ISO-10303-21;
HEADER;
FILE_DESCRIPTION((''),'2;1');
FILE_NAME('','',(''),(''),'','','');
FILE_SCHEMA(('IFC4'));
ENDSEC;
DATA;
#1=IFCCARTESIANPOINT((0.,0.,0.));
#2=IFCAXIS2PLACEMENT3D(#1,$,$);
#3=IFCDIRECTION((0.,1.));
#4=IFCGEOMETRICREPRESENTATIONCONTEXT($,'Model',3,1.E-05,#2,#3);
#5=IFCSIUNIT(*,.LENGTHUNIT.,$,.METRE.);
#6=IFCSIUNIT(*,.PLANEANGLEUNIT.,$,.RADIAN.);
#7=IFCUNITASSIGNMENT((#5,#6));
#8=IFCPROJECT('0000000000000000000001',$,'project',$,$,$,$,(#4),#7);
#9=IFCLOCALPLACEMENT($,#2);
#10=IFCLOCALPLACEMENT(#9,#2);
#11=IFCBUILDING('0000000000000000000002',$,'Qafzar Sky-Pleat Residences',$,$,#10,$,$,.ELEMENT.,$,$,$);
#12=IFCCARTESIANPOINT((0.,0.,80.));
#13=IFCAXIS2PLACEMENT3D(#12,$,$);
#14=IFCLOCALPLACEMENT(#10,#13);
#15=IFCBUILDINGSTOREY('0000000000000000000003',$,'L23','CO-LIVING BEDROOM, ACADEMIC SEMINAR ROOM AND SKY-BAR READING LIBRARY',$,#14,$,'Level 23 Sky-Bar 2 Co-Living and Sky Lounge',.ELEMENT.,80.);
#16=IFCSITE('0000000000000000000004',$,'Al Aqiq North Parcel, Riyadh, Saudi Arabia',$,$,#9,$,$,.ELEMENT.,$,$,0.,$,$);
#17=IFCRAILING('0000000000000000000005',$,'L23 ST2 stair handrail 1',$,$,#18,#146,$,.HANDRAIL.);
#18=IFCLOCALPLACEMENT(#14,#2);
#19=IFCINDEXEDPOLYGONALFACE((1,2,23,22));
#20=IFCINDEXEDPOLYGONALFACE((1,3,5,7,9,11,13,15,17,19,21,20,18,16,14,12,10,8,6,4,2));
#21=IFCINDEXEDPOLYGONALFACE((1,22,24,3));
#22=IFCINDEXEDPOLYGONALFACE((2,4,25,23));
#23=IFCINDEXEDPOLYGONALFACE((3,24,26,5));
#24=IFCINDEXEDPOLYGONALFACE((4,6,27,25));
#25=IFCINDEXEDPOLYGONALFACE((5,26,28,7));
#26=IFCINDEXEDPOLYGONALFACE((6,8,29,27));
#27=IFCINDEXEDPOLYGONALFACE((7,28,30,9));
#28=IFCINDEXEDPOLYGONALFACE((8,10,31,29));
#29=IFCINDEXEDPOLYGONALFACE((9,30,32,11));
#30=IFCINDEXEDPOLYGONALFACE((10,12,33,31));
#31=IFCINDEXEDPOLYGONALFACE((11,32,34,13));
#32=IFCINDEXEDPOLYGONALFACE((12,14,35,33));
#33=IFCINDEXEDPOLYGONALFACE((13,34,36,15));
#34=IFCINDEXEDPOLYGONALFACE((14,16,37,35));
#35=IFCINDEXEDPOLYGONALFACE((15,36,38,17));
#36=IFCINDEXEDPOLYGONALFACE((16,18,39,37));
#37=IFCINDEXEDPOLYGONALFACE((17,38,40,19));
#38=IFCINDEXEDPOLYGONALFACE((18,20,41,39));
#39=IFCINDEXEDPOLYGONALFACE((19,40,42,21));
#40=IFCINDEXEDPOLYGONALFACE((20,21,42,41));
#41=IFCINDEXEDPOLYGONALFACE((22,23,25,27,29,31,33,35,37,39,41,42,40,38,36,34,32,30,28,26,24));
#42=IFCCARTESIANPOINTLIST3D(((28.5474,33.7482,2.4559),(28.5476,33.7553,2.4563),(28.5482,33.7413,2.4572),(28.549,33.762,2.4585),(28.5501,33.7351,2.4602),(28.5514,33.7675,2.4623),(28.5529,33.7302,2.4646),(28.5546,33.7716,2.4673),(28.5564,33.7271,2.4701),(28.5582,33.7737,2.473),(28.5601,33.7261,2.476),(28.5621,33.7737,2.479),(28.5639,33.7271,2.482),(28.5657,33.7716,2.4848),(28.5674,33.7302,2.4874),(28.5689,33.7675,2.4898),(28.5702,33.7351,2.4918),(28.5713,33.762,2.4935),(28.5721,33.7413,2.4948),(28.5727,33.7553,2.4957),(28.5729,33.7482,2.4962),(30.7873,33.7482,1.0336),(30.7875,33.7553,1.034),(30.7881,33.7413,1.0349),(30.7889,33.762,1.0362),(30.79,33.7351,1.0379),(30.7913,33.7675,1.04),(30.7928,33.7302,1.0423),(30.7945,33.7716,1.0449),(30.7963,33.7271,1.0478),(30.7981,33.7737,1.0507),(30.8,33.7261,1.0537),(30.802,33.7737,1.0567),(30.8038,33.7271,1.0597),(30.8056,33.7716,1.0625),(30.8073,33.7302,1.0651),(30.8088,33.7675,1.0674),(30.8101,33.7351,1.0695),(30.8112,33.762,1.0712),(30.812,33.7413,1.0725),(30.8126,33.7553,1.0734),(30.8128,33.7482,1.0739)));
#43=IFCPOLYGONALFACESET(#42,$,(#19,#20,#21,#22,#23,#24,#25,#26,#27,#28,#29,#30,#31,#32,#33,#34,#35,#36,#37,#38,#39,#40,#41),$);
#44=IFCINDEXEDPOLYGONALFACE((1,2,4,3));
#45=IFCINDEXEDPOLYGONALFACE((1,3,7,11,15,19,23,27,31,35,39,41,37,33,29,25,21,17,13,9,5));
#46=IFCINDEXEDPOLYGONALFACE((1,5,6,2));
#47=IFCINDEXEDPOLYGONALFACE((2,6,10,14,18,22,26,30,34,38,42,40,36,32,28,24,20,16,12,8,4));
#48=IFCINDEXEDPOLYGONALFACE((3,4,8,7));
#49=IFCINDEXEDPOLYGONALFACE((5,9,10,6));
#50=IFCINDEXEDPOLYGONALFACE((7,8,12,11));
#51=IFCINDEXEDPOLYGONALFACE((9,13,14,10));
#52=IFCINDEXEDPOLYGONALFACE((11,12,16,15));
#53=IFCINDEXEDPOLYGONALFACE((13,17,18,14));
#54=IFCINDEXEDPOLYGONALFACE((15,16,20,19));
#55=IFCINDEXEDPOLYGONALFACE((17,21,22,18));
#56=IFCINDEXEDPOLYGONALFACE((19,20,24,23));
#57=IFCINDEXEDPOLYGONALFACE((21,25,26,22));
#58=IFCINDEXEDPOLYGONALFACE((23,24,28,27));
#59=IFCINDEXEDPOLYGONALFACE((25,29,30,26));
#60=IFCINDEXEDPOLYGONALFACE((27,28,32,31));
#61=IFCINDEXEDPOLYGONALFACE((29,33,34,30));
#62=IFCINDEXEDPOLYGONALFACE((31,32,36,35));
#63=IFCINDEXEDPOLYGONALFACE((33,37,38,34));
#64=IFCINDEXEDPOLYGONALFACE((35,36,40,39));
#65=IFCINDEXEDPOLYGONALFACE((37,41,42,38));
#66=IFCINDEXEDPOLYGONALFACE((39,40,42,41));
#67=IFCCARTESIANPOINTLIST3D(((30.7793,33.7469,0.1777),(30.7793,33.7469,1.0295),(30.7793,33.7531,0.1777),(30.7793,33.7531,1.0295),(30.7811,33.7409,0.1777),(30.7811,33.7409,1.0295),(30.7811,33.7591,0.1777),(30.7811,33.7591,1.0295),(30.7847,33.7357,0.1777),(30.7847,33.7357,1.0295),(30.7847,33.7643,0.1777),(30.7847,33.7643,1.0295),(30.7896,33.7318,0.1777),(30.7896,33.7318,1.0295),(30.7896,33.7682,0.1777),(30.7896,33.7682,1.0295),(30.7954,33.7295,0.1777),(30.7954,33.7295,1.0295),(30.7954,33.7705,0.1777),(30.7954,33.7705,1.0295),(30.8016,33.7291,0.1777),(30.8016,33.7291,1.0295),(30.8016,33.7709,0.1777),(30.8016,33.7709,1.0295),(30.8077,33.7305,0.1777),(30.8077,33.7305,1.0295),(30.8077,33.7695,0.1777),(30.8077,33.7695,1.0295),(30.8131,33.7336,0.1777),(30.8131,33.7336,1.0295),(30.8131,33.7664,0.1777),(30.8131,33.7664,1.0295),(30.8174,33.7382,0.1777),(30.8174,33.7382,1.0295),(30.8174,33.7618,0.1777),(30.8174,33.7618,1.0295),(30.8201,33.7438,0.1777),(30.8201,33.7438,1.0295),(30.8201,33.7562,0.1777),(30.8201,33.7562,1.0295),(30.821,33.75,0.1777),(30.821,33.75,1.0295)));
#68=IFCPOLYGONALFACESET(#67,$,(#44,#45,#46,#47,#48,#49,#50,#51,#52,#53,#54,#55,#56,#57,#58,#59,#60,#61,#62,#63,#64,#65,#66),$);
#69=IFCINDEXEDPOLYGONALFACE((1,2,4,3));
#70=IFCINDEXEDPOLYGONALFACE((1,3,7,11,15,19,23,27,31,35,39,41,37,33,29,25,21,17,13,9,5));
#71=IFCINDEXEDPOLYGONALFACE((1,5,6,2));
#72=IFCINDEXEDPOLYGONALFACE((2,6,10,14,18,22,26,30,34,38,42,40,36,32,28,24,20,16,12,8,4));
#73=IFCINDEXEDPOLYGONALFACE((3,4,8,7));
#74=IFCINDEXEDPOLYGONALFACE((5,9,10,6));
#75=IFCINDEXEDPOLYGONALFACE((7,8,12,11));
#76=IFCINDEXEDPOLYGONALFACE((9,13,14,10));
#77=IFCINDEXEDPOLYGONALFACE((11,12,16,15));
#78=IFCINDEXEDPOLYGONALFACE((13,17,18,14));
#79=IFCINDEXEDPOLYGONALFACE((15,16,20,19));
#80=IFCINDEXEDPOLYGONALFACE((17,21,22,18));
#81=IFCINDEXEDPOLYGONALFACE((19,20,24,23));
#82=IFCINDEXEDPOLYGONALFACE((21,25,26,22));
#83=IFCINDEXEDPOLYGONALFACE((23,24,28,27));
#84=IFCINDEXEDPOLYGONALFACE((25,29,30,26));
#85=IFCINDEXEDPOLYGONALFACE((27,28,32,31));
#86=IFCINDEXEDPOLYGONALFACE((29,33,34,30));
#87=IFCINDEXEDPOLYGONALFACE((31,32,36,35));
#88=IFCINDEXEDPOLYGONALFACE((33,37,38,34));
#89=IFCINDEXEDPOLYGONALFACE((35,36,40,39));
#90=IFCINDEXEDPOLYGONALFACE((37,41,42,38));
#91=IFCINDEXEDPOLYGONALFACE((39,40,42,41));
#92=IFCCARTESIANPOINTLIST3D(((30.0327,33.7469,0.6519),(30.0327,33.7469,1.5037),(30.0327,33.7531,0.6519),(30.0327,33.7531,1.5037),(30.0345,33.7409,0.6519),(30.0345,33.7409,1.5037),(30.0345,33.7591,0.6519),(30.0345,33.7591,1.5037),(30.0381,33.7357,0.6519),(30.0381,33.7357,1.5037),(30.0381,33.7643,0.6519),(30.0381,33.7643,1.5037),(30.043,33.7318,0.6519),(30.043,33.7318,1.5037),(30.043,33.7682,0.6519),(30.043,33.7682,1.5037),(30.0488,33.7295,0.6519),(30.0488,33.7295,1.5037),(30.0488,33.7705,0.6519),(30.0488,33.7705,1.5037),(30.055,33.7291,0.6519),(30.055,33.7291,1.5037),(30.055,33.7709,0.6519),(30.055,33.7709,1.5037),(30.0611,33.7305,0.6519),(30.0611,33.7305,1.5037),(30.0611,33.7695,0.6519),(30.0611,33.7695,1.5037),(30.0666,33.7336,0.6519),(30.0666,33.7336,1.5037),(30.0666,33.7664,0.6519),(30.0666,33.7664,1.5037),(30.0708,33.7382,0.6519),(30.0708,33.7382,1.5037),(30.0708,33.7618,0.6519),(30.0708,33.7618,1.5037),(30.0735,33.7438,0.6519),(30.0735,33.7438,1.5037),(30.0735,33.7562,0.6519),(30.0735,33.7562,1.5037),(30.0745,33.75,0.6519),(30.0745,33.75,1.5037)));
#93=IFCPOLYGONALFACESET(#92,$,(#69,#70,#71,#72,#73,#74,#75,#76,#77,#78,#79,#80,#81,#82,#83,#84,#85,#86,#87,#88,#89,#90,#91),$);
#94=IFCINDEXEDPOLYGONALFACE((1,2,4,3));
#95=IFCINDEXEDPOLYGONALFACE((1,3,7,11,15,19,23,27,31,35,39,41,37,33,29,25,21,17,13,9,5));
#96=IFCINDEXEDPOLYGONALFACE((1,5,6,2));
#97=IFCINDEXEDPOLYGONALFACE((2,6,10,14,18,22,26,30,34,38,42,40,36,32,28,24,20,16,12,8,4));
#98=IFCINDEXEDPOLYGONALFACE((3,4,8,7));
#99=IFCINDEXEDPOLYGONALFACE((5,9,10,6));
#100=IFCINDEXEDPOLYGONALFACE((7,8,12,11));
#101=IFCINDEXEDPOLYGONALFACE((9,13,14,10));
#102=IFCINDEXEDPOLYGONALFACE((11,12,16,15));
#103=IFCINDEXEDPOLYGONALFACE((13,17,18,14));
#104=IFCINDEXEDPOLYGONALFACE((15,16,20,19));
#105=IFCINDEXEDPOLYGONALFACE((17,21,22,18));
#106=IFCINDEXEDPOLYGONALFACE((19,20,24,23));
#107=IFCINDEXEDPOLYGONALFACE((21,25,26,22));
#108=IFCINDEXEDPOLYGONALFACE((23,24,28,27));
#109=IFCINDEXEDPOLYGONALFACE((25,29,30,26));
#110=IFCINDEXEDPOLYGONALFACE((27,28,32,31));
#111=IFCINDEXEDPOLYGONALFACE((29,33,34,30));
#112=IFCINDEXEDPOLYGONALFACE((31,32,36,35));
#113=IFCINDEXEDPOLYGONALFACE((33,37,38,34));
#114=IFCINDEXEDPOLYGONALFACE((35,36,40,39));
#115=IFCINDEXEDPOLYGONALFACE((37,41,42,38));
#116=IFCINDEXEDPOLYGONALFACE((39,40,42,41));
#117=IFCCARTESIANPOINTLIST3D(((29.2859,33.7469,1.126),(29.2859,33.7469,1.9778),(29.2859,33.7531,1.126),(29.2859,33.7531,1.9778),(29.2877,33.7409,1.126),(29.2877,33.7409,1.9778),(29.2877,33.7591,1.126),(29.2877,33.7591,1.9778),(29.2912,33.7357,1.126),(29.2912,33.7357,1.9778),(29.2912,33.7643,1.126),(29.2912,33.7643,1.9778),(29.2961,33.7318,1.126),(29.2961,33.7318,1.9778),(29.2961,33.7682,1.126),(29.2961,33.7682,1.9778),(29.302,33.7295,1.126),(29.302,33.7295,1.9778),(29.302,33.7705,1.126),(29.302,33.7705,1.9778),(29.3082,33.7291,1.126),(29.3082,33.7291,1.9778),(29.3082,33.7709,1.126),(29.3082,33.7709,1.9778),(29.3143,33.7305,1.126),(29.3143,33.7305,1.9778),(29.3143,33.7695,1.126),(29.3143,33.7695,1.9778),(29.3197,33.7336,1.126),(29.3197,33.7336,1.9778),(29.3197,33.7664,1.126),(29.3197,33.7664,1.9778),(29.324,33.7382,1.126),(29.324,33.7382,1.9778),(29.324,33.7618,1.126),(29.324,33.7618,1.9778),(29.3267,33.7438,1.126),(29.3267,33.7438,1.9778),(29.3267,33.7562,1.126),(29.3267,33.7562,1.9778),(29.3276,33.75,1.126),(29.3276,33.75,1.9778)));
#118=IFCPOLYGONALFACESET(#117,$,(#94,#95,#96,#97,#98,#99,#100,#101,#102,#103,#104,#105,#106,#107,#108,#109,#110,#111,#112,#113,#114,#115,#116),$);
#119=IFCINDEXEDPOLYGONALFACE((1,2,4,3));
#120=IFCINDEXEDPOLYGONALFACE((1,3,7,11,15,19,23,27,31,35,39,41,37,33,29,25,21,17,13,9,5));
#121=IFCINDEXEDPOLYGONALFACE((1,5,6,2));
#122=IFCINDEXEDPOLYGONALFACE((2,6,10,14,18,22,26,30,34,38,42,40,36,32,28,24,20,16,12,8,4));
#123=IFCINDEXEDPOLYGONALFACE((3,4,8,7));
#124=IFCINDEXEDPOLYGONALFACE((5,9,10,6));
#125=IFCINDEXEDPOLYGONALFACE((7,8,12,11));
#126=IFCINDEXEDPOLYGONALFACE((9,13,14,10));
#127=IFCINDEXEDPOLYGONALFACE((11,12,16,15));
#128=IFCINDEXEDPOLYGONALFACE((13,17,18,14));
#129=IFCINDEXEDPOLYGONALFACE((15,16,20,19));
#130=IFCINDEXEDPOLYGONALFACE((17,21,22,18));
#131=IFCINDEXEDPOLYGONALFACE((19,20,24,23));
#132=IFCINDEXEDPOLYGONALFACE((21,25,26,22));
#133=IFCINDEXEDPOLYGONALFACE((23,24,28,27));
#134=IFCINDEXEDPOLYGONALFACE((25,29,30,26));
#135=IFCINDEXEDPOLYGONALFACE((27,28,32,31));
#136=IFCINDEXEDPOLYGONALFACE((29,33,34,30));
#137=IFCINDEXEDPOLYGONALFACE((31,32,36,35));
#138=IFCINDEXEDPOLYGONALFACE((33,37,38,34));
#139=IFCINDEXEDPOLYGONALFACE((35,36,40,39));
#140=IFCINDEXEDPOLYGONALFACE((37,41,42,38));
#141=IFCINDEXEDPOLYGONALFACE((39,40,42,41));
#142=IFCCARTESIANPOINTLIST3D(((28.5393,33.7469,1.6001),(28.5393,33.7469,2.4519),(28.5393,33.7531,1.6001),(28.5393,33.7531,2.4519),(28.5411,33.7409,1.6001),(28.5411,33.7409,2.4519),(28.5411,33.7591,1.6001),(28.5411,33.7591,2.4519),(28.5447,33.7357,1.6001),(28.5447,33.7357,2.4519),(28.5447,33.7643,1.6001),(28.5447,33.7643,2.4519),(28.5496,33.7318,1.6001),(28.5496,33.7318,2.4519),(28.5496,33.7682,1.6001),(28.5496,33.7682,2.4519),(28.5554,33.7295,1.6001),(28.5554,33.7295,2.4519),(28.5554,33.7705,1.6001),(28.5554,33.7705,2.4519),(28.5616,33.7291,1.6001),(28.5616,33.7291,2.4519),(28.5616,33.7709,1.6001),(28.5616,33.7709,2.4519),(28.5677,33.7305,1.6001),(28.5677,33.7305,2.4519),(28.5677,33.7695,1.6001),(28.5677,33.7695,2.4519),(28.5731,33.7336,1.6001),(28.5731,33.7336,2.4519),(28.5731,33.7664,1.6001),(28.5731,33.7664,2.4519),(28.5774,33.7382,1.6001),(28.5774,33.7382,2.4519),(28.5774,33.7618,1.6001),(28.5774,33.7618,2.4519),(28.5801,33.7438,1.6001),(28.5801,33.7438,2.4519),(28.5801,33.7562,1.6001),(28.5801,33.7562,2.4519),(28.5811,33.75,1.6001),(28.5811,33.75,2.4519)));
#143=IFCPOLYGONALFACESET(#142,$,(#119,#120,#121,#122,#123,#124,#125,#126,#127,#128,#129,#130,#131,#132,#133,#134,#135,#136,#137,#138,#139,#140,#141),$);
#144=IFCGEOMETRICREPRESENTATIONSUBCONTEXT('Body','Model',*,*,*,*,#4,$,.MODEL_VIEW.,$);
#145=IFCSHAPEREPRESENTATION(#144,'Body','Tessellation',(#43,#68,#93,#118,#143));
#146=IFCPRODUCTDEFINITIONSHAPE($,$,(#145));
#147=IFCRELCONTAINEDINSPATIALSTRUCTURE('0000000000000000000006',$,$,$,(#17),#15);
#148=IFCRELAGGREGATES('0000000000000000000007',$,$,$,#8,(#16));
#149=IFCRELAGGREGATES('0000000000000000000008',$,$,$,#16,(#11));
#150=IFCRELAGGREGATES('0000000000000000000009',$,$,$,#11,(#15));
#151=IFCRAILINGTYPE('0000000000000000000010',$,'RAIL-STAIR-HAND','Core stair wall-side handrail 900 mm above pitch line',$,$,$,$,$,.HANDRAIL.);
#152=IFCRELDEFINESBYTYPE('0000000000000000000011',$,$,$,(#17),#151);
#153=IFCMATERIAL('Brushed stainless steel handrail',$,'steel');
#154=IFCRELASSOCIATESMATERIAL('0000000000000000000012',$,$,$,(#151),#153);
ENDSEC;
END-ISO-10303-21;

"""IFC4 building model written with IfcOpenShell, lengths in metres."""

from ifc_helpers import new_model, si_unit, direction, frame, origin, origin_2d, place, context, subcontext, project, spatial, circle, extrude, source, transform, mapped, material, type_object, element, save


model = new_model("IFC4")

# Units and contexts
model_context = context("Model", 3, precision=1e-05, world=origin(), true_north=direction((0.0, 1.0)))
body_context = subcontext(model_context, "Body", "Model", "MODEL_VIEW")
ifc_project = project(units=[si_unit("LENGTHUNIT", "METRE"), si_unit("PLANEANGLEUNIT", "RADIAN")], contexts=[model_context])

# Site, building, storey
site_placement = place(None, origin())
site = spatial("IfcSite", under=ifc_project, at=site_placement, Name="Al Aqiq North Parcel, Riyadh, Saudi Arabia", CompositionType="ELEMENT", RefElevation=0.0)
building_placement = place(site_placement, origin())
building = spatial("IfcBuilding", under=site, at=building_placement, Name="Qafzar Sky-Pleat Residences", CompositionType="ELEMENT")
storey_placement = place(building_placement, frame((0.0, 0.0, 80.0)))
storey = spatial("IfcBuildingStorey", under=building, at=storey_placement, Name="L23", Description="CO-LIVING BEDROOM, ACADEMIC SEMINAR ROOM AND SKY-BAR READING LIBRARY", LongName="Level 23 Sky-Bar 2 Co-Living and Sky Lounge", CompositionType="ELEMENT", Elevation=80.0)

# Railing
ifc_material_1 = material(Name="Brushed stainless steel handrail", Category="steel")
railing_type = type_object("IfcRailingType", Name="RAIL-STAIR-HAND", Description="Core stair wall-side handrail 900 mm above pitch line", PredefinedType="HANDRAIL", material=ifc_material_1)
shared_shape_1 = source(origin(), body_context, "Body", "SweptSolid", [
    extrude(circle(Radius=0.0239, at=origin_2d()), frame((0.0, 0.0, 0.876), z_axis=(-0.844188, 0.0, 0.536048), x_axis=(0.0, -1.0, 0.0)), (0.0, 0.0, 1.0), 2.6533),
    extrude(circle(Radius=0.021, at=origin_2d()), origin(), (0.0, 0.0, 1.0), 0.8518),
    extrude(circle(Radius=0.021, at=origin_2d()), frame((-0.7466, 0.0, 0.4741)), (0.0, 0.0, 1.0), 0.8518),
    extrude(circle(Radius=0.021, at=origin_2d()), frame((-1.4934, 0.0, 0.9482)), (0.0, 0.0, 1.0), 0.8518),
    extrude(circle(Radius=0.021, at=origin_2d()), frame((-2.24, 0.0, 1.4224)), (0.0, 0.0, 1.0), 0.8518),
])
railing_placement = place(storey_placement, frame((30.8, 33.75, 0.1777)))
element("IfcRailing", 1, at=railing_placement, inside=storey, type_object=railing_type, Name="L23 ST2 stair handrail 1", PredefinedType="HANDRAIL", context=body_context, shape_type="MappedRepresentation", body=[
    mapped(shared_shape_1, transform((0.0, 0.0, 0.0), x_axis=(1.0, 0.0, 0.0), y_axis=(0.0, 1.0, 0.0), z_axis=(0.0, 0.0, 1.0), scale=1.0)),
])

save(model, "model.ifc")
